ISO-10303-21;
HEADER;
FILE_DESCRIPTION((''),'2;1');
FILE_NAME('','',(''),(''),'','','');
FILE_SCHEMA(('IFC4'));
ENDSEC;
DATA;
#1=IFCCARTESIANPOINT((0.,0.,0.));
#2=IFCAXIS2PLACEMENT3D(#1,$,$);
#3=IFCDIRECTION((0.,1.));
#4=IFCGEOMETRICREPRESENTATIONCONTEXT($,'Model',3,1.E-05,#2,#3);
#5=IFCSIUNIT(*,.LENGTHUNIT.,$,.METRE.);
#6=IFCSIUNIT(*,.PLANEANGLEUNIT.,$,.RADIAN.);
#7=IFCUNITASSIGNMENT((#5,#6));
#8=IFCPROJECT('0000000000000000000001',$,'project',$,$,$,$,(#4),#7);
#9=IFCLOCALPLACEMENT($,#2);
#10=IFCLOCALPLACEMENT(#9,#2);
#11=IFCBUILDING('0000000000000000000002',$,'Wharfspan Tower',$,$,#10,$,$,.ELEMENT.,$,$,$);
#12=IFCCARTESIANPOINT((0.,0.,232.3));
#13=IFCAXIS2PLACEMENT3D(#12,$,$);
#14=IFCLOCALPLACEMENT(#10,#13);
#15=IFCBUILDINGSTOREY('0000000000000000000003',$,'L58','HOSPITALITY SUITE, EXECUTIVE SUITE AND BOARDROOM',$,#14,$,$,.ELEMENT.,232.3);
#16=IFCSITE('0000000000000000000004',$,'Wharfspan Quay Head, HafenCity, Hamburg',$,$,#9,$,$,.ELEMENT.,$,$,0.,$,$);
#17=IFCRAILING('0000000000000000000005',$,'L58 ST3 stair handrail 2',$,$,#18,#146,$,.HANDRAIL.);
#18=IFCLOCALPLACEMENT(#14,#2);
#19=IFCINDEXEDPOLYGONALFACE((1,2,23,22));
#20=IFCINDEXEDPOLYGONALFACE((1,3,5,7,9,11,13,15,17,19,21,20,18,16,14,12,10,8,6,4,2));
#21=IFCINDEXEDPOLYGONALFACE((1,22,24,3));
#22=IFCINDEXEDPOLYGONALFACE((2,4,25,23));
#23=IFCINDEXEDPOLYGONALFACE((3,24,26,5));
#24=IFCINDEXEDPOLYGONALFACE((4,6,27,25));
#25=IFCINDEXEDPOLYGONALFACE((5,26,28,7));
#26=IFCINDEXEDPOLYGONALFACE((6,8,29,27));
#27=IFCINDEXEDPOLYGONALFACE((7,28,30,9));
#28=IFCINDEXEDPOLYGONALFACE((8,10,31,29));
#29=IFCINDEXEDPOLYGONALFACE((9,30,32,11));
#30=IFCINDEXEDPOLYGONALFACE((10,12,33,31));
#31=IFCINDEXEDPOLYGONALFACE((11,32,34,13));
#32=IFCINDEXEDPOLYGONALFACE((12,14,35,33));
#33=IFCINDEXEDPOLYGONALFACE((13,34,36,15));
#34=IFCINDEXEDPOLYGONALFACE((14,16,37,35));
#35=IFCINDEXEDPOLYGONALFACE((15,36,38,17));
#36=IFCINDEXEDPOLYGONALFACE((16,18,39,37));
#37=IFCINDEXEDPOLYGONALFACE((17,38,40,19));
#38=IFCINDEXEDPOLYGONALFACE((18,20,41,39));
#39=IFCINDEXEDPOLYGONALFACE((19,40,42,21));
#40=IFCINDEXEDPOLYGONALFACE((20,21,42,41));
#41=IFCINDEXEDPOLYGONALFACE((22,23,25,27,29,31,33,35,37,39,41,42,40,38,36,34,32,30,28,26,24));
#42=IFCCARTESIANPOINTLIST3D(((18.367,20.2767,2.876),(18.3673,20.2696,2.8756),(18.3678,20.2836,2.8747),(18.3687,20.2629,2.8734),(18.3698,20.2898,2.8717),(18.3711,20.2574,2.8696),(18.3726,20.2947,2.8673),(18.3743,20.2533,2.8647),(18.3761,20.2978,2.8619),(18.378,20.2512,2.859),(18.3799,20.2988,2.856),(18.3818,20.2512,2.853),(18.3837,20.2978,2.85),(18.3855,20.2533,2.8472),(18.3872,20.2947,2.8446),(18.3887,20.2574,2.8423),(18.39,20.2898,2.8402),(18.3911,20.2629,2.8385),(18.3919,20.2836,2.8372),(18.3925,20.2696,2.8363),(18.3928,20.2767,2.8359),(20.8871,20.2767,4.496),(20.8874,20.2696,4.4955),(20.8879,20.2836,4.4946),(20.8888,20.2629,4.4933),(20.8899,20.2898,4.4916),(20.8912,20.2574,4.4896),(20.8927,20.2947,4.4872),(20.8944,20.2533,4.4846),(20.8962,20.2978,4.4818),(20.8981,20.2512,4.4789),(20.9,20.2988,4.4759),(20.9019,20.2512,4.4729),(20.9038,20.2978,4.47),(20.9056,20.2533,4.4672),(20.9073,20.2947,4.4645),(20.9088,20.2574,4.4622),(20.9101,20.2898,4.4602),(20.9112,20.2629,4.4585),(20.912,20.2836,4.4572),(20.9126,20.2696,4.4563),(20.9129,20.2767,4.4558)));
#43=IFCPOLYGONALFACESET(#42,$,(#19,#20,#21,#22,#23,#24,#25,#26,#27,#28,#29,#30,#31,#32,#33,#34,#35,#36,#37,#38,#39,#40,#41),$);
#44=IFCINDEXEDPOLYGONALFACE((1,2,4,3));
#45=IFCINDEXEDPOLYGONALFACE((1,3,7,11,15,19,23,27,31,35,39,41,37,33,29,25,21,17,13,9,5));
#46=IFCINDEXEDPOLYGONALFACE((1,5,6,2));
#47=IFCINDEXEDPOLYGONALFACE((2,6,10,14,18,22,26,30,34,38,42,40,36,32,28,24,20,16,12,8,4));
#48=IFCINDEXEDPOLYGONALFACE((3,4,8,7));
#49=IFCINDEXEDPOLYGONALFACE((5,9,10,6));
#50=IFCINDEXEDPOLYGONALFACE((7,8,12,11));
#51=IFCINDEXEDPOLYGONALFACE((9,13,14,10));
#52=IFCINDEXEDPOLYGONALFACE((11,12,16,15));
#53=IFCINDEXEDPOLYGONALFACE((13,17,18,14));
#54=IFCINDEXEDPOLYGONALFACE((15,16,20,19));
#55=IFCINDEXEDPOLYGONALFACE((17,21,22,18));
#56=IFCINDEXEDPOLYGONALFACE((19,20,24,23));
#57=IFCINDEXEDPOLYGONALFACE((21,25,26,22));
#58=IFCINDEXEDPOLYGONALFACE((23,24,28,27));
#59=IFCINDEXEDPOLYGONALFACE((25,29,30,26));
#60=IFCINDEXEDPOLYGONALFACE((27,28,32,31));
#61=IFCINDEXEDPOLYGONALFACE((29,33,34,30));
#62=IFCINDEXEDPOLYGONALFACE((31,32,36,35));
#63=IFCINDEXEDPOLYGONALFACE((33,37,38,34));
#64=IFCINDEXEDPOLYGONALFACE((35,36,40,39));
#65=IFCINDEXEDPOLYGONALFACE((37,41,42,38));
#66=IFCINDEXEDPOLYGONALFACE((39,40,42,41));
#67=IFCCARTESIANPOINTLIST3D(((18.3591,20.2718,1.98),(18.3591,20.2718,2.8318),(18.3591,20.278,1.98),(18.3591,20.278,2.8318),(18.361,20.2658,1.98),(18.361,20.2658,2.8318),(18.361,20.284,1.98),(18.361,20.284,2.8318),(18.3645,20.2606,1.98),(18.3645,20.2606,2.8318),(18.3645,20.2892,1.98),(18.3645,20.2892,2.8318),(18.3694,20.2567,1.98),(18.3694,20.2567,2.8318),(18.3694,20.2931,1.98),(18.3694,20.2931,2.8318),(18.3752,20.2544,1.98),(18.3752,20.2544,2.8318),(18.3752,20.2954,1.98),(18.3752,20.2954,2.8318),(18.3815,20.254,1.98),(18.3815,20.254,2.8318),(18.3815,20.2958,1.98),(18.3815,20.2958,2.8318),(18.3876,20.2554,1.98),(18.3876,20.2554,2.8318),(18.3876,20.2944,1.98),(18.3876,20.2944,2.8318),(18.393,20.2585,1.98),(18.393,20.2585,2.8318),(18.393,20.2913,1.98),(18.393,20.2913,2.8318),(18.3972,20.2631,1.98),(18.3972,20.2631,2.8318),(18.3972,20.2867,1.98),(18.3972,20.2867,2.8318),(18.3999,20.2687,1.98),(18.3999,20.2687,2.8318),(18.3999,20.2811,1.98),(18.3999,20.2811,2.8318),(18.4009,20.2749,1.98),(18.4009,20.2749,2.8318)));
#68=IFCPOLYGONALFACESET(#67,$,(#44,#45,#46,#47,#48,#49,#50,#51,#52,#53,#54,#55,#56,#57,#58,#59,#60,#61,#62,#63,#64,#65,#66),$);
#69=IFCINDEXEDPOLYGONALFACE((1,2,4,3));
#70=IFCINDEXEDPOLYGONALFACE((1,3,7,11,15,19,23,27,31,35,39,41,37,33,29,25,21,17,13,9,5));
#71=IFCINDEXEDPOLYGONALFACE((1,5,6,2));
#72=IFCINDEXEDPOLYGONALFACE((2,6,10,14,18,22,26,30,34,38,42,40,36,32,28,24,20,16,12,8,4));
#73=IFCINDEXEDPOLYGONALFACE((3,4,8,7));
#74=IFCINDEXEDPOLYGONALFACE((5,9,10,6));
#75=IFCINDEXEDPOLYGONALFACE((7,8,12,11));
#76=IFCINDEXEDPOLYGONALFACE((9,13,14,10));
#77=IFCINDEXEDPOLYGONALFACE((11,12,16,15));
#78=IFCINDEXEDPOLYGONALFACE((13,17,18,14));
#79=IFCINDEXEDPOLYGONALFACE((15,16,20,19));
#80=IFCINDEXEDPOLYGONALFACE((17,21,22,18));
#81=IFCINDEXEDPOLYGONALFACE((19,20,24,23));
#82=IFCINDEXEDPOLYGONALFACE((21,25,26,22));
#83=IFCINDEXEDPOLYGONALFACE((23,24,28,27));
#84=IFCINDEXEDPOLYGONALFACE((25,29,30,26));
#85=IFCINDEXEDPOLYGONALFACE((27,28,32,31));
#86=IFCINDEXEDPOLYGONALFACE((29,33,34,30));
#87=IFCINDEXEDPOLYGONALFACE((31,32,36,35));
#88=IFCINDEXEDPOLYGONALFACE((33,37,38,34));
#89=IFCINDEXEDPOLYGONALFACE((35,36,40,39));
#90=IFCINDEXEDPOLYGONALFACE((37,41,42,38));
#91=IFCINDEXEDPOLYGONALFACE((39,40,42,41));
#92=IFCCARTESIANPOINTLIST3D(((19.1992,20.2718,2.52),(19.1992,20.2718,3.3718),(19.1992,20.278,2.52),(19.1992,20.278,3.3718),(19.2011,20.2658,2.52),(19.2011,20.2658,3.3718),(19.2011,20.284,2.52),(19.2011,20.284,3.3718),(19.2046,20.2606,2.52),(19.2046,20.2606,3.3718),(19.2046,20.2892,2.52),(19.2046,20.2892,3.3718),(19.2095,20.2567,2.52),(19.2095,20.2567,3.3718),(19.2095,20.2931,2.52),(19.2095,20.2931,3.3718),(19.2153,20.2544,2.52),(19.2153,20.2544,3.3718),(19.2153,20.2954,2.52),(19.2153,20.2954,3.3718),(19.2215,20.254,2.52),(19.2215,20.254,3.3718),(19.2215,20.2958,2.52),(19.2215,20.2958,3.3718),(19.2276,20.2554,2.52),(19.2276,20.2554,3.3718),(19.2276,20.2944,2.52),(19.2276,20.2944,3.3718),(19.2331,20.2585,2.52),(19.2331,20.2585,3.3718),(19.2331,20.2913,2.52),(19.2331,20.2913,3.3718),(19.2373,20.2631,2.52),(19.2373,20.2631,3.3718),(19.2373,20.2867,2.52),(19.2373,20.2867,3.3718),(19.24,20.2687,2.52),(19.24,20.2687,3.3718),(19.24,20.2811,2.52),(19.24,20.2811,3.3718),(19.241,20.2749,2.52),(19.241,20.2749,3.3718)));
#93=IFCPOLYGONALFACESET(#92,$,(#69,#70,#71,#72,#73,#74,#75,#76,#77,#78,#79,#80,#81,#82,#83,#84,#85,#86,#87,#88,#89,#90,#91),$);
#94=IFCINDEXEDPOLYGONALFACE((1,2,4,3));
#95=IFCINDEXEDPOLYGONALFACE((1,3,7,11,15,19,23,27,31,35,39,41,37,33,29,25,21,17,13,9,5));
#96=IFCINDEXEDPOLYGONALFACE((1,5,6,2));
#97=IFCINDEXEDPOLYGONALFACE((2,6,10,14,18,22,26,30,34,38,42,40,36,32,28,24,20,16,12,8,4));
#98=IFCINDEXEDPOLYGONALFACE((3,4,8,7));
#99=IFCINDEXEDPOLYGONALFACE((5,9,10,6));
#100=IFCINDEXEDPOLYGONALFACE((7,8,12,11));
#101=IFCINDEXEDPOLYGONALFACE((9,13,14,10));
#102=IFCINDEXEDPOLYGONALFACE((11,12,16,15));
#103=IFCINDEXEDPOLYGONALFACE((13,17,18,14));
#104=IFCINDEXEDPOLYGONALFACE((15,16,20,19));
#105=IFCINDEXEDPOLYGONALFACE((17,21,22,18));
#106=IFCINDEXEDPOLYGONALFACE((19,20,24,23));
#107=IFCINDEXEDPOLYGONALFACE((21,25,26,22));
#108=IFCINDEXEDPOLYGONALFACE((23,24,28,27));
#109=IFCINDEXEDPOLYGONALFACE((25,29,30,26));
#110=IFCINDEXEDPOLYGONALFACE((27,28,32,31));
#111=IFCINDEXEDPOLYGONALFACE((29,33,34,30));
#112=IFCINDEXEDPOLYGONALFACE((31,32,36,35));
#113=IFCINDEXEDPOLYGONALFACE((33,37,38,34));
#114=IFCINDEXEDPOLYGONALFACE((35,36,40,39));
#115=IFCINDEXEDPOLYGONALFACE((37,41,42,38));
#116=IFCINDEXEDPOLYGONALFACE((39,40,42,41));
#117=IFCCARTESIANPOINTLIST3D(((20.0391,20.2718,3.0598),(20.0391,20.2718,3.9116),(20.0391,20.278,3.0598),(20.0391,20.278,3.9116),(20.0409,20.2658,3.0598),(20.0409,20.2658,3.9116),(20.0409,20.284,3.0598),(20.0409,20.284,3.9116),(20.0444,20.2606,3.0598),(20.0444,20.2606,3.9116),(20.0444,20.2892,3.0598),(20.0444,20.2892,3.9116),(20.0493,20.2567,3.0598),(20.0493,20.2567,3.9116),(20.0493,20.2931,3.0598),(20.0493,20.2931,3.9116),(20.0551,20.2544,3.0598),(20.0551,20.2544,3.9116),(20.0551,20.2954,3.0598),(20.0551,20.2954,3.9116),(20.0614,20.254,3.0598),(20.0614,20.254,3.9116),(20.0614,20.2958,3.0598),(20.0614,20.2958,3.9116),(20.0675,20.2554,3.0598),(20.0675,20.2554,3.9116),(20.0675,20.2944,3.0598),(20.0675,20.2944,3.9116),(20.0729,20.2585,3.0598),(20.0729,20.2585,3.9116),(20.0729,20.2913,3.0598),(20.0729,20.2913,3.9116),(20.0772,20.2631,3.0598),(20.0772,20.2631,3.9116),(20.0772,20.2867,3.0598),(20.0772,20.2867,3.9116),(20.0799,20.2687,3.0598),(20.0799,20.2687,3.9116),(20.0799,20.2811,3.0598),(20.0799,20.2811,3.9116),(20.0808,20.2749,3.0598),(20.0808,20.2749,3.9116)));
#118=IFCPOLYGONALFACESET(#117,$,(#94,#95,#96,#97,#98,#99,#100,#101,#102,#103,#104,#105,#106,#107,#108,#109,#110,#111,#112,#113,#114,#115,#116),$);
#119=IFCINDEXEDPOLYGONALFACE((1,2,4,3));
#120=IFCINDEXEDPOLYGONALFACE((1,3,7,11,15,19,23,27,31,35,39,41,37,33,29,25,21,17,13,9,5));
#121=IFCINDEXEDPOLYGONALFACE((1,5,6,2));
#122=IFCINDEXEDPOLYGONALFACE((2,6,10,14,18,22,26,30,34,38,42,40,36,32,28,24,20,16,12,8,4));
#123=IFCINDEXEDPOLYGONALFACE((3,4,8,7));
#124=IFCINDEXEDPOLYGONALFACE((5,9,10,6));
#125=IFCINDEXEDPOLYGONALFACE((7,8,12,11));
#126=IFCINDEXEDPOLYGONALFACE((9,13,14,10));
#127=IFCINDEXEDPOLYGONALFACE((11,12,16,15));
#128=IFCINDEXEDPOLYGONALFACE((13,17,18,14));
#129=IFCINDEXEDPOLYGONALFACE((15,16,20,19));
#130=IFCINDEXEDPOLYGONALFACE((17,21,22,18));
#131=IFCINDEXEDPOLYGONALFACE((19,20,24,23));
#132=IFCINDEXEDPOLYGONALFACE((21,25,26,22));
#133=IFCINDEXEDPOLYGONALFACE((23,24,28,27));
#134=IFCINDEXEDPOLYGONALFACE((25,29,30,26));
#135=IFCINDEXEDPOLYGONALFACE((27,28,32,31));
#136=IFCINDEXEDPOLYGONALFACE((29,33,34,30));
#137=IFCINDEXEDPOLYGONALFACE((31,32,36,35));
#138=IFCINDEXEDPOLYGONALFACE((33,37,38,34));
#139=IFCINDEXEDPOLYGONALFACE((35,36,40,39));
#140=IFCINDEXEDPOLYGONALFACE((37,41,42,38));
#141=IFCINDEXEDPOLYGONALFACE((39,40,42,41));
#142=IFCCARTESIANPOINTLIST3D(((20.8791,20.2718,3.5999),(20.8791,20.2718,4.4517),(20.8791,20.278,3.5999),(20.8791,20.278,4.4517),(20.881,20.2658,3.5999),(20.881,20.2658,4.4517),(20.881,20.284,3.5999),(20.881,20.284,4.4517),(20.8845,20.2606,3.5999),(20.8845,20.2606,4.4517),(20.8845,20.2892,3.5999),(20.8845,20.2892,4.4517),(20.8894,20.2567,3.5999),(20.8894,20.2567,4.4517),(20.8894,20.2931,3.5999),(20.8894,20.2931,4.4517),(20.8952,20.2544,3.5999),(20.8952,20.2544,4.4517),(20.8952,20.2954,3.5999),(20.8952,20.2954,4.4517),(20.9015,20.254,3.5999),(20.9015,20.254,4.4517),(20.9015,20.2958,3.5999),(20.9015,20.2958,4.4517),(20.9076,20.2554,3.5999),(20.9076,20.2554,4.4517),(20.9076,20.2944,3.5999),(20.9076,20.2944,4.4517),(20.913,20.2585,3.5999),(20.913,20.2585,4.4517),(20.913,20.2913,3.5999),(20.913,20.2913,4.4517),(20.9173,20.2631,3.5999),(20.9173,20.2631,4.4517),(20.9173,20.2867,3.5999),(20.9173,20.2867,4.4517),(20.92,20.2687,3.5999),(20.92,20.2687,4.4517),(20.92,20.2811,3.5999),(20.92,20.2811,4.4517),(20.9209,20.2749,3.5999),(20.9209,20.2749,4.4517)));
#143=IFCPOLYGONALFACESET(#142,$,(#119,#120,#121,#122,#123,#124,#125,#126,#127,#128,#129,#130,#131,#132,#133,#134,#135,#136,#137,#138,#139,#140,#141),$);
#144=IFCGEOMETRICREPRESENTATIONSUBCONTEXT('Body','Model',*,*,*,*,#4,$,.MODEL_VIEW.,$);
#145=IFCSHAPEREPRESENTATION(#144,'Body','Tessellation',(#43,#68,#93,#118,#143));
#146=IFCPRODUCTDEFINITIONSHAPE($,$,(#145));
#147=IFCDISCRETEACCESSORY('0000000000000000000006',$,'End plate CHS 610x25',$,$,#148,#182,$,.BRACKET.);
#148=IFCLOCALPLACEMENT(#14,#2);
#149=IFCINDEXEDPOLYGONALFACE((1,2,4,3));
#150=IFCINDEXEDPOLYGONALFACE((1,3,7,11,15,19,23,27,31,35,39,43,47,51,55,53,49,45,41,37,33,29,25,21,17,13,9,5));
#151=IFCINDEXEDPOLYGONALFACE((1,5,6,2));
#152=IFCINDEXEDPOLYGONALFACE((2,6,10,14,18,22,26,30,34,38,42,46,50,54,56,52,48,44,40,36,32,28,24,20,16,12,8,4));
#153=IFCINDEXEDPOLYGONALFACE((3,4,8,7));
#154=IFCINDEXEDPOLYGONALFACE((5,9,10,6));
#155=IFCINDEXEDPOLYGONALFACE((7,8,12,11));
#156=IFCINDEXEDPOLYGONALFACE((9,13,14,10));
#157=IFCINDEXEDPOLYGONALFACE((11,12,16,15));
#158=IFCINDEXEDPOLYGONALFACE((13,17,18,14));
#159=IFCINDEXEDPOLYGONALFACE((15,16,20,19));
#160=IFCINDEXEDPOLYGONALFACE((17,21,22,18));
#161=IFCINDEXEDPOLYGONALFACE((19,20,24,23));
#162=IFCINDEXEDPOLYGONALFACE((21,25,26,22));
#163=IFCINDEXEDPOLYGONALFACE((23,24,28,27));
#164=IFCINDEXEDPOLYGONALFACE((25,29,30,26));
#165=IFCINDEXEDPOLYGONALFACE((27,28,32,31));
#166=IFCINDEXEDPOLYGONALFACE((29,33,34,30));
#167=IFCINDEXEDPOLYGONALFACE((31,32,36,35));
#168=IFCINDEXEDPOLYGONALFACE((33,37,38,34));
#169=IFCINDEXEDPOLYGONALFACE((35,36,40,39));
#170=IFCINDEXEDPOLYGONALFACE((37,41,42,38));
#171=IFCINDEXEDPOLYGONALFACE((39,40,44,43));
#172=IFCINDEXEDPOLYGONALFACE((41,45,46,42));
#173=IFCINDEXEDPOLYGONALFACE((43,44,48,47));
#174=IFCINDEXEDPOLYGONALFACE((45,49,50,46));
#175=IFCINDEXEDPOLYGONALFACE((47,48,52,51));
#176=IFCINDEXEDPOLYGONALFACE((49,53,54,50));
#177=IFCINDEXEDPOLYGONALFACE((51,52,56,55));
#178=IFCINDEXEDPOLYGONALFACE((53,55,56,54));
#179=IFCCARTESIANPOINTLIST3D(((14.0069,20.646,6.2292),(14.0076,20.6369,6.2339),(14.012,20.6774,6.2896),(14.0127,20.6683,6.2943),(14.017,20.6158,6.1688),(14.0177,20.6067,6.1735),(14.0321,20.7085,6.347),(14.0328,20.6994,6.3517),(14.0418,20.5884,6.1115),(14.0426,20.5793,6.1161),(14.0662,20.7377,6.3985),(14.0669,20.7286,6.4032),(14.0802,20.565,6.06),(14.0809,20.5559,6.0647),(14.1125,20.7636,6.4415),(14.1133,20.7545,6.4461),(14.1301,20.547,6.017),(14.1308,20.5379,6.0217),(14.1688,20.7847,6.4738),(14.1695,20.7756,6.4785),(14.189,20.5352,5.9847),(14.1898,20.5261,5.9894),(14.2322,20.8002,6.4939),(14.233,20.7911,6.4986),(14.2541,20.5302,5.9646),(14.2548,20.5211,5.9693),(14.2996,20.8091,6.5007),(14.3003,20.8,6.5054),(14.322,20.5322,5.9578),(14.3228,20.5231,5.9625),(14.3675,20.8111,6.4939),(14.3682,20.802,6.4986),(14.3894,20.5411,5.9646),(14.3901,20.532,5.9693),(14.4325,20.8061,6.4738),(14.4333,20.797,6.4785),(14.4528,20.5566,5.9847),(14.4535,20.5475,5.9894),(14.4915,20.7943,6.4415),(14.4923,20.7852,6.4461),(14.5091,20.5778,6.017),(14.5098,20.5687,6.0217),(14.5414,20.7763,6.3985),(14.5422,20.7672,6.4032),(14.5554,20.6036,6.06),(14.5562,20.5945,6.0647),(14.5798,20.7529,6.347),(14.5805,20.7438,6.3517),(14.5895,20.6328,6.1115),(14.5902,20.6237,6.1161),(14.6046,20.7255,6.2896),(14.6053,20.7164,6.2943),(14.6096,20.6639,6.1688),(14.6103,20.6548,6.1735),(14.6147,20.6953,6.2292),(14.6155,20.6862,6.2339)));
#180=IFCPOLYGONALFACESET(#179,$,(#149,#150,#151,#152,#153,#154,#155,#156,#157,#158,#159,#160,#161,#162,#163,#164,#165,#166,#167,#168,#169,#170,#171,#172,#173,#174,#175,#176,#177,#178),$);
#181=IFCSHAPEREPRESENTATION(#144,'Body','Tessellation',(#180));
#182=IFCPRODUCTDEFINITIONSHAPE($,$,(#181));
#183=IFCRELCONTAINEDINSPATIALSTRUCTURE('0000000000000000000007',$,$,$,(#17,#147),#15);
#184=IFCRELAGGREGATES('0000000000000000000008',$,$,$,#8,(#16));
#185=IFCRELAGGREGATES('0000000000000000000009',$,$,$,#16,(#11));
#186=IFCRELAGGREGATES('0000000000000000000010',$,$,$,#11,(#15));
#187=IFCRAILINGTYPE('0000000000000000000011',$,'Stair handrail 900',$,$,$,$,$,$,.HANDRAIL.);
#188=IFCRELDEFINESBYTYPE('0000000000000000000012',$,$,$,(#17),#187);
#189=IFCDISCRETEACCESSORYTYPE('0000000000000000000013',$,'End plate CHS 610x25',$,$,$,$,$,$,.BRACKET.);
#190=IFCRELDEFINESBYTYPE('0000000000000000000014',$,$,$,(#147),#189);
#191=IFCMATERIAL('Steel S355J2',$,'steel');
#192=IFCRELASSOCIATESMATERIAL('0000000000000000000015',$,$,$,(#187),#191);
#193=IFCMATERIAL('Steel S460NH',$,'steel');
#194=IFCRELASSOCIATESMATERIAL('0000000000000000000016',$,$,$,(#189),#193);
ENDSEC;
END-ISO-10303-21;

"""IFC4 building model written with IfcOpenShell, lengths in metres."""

from ifc_helpers import new_model, si_unit, direction, frame, origin, origin_2d, place, context, subcontext, project, spatial, circle, extrude, material, material_profile, profile_set, type_object, element, save


model = new_model("IFC4")

# Units and contexts
model_context = context("Model", 3, precision=1e-05, world=origin(), true_north=direction((0.0, 1.0)))
body_context = subcontext(model_context, "Body", "Model", "MODEL_VIEW")
ifc_project = project(units=[si_unit("LENGTHUNIT", "METRE"), si_unit("PLANEANGLEUNIT", "RADIAN")], contexts=[model_context])

# Site, building, storey
site_placement = place(None, origin())
site = spatial("IfcSite", under=ifc_project, at=site_placement, Name="Wharfspan Quay Head, HafenCity, Hamburg", CompositionType="ELEMENT", RefElevation=0.0)
building_placement = place(site_placement, origin())
building = spatial("IfcBuilding", under=site, at=building_placement, Name="Wharfspan Tower", CompositionType="ELEMENT")
storey_placement = place(building_placement, frame((0.0, 0.0, 232.3)))
storey = spatial("IfcBuildingStorey", under=building, at=storey_placement, Name="L58", Description="HOSPITALITY SUITE, EXECUTIVE SUITE AND BOARDROOM", CompositionType="ELEMENT", Elevation=232.3)

# Shared definitions
ifc_material_1 = material(Name="Steel S355J2", Category="steel")

# Shared definitions
ifc_material_2 = material(Name="Steel S460NH", Category="steel")

# Railing
railing_type = type_object("IfcRailingType", Name="Stair handrail 900", PredefinedType="HANDRAIL", material=ifc_material_1)
railing_placement = place(storey_placement, frame((18.3799, 20.2749, 1.98)))
element("IfcRailing", 1, at=railing_placement, inside=storey, type_object=railing_type, Name="L58 ST3 stair handrail 2", PredefinedType="HANDRAIL", context=body_context, shape_type="SweptSolid", body=[
    extrude(circle(Radius=0.0239, at=origin_2d()), frame((0.0, 0.0, 0.876), z_axis=(0.8412, 0.0, 0.540725), x_axis=(0.0, 1.0, 0.0)), (0.0, 0.0, 1.0), 2.9958),
    extrude(circle(Radius=0.021, at=origin_2d()), origin(), (0.0, 0.0, 1.0), 0.8518),
    extrude(circle(Radius=0.021, at=origin_2d()), frame((0.8401, 0.0, 0.54)), (0.0, 0.0, 1.0), 0.8518),
    extrude(circle(Radius=0.021, at=origin_2d()), frame((1.6799, 0.0, 1.0798)), (0.0, 0.0, 1.0), 0.8518),
    extrude(circle(Radius=0.021, at=origin_2d()), frame((2.52, 0.0, 1.6199)), (0.0, 0.0, 1.0), 0.8518),
])

# Discrete accessory
ifc_material_profile_1 = material_profile(ifc_material_2, circle(Radius=0.3049, at=origin_2d()))
ifc_profile_set_1 = profile_set([ifc_material_profile_1], Name="Steel S460NH")
discrete_accessory_type = type_object("IfcDiscreteAccessoryType", Name="End plate CHS 610x25", PredefinedType="BRACKET", material=ifc_profile_set_1)
for number, where, z_axis, x_axis, name in (
    (2, (14.3108, 20.6707, 6.2292), (0.07194, -0.887262, 0.455621), (0.996733, 0.080816, 0.0), "End plate CHS 610x25"),
):
    element("IfcDiscreteAccessory", number, at=place(storey_placement, frame(where, z_axis=z_axis, x_axis=x_axis)), inside=storey, type_object=discrete_accessory_type, Name=name, PredefinedType="BRACKET", context=body_context, shape_type="SweptSolid", body=[
        extrude(circle(Radius=0.3049, at=origin_2d()), origin(), (0.0, 0.0, 1.0), 0.0103),
    ])

save(model, "model.ifc")
